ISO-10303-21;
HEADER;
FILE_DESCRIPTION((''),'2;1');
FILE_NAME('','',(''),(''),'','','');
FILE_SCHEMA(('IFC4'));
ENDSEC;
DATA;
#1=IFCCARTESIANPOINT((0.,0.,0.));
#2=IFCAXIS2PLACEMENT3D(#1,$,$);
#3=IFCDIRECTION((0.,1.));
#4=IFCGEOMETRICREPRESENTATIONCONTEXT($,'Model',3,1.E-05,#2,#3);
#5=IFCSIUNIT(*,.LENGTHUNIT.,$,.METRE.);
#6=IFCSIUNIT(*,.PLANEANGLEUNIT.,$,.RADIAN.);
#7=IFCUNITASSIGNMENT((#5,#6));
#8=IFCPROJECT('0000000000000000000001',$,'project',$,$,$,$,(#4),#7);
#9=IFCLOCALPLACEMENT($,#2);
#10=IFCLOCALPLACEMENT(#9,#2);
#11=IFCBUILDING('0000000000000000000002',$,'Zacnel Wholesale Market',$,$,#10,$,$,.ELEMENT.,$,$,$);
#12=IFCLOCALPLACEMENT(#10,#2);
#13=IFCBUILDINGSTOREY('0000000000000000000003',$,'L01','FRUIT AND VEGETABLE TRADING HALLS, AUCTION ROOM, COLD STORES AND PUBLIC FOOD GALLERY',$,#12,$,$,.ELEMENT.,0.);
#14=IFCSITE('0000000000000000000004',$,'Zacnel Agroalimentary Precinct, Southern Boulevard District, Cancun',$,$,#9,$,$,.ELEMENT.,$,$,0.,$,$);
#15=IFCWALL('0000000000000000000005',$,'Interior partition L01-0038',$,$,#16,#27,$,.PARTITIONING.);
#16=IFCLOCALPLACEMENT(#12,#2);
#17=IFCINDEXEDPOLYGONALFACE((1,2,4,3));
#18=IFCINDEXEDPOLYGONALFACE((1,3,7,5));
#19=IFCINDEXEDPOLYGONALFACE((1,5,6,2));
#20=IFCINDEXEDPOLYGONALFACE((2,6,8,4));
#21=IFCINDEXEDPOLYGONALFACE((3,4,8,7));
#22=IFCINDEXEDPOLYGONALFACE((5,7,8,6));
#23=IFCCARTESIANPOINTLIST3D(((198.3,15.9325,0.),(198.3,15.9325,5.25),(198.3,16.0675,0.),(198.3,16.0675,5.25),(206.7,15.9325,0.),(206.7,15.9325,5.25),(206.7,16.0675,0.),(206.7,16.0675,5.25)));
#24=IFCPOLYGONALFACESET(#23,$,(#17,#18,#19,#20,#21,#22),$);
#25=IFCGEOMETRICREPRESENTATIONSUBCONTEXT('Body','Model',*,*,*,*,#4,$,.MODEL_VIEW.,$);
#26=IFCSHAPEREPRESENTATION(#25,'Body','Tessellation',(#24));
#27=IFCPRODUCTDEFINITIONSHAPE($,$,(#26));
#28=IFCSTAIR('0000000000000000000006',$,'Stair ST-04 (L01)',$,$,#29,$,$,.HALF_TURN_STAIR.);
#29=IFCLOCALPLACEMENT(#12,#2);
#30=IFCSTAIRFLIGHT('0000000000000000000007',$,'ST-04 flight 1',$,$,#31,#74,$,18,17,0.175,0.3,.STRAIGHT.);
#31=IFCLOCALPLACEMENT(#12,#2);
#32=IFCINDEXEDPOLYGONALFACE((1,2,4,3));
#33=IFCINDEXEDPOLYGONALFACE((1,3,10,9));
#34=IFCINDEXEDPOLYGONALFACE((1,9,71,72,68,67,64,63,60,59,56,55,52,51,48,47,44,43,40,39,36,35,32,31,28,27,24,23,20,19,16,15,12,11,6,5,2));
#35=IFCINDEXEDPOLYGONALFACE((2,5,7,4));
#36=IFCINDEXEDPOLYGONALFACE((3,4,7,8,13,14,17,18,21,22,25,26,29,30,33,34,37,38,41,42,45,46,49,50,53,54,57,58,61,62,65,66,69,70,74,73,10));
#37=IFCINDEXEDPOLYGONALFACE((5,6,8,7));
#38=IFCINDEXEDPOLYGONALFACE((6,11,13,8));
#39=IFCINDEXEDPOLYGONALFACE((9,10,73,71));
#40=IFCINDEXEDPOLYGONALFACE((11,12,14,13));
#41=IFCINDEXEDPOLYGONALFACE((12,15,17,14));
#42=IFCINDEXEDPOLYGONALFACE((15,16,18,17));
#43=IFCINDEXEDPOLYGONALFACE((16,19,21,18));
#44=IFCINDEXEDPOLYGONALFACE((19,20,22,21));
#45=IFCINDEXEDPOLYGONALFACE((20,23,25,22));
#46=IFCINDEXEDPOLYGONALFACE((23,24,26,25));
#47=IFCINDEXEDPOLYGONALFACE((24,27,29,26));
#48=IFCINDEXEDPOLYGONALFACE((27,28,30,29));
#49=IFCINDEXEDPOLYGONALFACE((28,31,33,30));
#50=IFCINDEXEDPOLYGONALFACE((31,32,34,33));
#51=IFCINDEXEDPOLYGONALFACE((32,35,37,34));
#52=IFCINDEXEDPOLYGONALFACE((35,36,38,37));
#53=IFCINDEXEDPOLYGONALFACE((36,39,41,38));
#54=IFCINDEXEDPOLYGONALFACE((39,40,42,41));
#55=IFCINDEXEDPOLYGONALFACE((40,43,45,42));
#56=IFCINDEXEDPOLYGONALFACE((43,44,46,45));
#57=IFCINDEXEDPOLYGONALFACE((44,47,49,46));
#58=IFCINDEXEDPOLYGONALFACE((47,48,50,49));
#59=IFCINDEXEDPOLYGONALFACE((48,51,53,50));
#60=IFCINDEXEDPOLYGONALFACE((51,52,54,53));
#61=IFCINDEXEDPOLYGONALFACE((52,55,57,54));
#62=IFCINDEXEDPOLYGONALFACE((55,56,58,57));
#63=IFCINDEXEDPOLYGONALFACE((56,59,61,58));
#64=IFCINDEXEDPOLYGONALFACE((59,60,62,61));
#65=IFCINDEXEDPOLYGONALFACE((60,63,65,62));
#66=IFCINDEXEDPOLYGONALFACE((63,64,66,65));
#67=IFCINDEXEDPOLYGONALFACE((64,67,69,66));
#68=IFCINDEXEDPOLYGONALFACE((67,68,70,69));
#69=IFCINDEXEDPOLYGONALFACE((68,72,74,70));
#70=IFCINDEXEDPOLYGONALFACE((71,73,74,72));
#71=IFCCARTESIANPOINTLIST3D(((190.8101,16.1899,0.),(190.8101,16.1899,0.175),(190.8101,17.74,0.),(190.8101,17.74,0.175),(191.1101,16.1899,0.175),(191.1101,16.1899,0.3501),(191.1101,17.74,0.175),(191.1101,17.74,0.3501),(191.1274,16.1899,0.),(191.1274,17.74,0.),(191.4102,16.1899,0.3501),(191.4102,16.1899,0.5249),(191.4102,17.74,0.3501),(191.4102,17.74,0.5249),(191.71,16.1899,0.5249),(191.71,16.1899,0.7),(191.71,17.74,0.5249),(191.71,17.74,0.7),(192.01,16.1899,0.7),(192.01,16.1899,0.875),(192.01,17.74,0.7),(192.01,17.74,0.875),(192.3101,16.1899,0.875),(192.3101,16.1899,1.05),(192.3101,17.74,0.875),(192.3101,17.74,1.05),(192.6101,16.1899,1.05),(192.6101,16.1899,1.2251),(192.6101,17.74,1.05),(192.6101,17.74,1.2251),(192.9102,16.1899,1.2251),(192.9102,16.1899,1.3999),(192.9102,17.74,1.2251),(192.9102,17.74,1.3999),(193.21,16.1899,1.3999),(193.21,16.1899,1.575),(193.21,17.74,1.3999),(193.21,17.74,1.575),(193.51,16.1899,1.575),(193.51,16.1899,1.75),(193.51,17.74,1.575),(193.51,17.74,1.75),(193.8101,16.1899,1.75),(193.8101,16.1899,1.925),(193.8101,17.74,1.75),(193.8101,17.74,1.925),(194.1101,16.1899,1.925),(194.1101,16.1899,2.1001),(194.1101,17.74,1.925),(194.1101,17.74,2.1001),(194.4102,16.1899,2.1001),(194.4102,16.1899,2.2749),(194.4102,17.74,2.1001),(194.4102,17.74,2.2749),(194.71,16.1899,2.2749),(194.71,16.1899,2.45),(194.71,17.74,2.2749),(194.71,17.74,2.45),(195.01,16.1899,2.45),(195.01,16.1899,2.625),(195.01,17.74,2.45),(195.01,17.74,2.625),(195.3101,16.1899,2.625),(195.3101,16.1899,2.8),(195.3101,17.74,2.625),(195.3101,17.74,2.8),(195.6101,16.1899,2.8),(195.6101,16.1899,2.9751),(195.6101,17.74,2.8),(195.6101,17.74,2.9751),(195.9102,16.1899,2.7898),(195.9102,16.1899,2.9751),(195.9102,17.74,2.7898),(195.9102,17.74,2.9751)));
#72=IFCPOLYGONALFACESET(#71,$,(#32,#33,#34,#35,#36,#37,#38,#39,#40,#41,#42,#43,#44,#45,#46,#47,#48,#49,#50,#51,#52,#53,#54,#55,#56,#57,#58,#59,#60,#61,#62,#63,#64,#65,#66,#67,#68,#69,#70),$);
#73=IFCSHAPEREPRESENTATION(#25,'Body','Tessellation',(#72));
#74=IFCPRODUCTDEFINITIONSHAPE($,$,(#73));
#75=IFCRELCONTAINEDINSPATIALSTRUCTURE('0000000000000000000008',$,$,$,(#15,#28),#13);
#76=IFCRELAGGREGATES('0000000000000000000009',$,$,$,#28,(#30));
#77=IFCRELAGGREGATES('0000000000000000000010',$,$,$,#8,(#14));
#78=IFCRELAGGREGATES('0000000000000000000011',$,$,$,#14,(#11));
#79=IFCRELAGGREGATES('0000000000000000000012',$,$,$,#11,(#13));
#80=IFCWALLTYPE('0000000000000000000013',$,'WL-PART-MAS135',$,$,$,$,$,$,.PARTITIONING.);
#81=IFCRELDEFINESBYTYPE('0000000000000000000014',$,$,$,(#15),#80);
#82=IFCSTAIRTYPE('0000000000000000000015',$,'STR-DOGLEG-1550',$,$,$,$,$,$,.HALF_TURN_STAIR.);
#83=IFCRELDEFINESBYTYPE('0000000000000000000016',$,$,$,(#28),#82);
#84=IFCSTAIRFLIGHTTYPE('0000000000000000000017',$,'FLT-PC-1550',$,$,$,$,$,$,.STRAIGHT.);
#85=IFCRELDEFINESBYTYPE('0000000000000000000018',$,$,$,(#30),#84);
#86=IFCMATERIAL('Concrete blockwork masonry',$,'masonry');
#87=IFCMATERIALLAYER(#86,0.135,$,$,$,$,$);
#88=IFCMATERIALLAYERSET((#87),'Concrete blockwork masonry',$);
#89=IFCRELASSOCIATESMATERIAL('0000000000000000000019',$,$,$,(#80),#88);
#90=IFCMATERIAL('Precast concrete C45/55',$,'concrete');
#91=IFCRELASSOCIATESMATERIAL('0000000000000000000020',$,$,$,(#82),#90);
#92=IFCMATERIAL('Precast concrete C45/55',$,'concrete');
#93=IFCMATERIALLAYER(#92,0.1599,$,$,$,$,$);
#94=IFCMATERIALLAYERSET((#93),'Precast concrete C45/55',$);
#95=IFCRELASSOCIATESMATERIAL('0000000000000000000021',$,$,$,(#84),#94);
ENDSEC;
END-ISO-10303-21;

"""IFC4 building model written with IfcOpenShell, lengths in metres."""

from ifc_helpers import new_model, si_unit, direction, frame, frame_2d, origin, place, context, subcontext, project, spatial, polyline, rectangle, outline, extrude, material, layer, layer_set, type_object, element, aggregate, save


model = new_model("IFC4")

# Units and contexts
model_context = context("Model", 3, precision=1e-05, world=origin(), true_north=direction((0.0, 1.0)))
body_context = subcontext(model_context, "Body", "Model", "MODEL_VIEW")
ifc_project = project(units=[si_unit("LENGTHUNIT", "METRE"), si_unit("PLANEANGLEUNIT", "RADIAN")], contexts=[model_context])

# Site, building, storey
site_placement = place(None, origin())
site = spatial("IfcSite", under=ifc_project, at=site_placement, Name="Zacnel Agroalimentary Precinct, Southern Boulevard District, Cancun", CompositionType="ELEMENT", RefElevation=0.0)
building_placement = place(site_placement, origin())
building = spatial("IfcBuilding", under=site, at=building_placement, Name="Zacnel Wholesale Market", CompositionType="ELEMENT")
storey_placement = place(building_placement, origin())
storey = spatial("IfcBuildingStorey", under=building, at=storey_placement, Name="L01", Description="FRUIT AND VEGETABLE TRADING HALLS, AUCTION ROOM, COLD STORES AND PUBLIC FOOD GALLERY", CompositionType="ELEMENT", Elevation=0.0)

# Wall
ifc_material_1 = material(Name="Concrete blockwork masonry", Category="masonry")
ifc_layer_1 = layer(ifc_material_1, 0.135)
ifc_layer_set_1 = layer_set([ifc_layer_1], Name="Concrete blockwork masonry")
wall_type_1 = type_object("IfcWallType", Name="WL-PART-MAS135", PredefinedType="PARTITIONING", material=ifc_layer_set_1)
wall_1_placement = place(storey_placement, frame((198.3, 16.0, 0.0), z_axis=(0.0, 0.0, 1.0), x_axis=(1.0, 0.0, 0.0)))
element("IfcWall", 1, at=wall_1_placement, inside=storey, type_object=wall_type_1, Name="Interior partition L01-0038", PredefinedType="PARTITIONING", context=body_context, shape_type="SweptSolid", body=[
    extrude(rectangle(XDim=8.3999, YDim=0.135, at=frame_2d((4.2, 0.0))), origin(), (0.0, 0.0, 1.0), 5.25),
])

# Stair, stair flight
ifc_material_2 = material(Name="Precast concrete C45/55", Category="concrete")
stair_type = type_object("IfcStairType", Name="STR-DOGLEG-1550", PredefinedType="HALF_TURN_STAIR", material=ifc_material_2)
stair_placement = place(storey_placement, origin())
stair = element("IfcStair", 2, at=stair_placement, inside=storey, type_object=stair_type, Name="Stair ST-04 (L01)", PredefinedType="HALF_TURN_STAIR")
ifc_material_3 = material(Name="Precast concrete C45/55", Category="concrete")
ifc_layer_2 = layer(ifc_material_3, 0.1599)
ifc_layer_set_2 = layer_set([ifc_layer_2], Name="Precast concrete C45/55")
stair_flight_type = type_object("IfcStairFlightType", Name="FLT-PC-1550", PredefinedType="STRAIGHT", material=ifc_layer_set_2)
stair_flight_placement = place(storey_placement, frame((190.8101, 16.9651, 0.0), z_axis=(0.0, 0.0, 1.0), x_axis=(1.0, 0.0, 0.0)))
stair_flight = element("IfcStairFlight", 3, at=stair_flight_placement, type_object=stair_flight_type, Name="ST-04 flight 1", NumberOfRisers=18, NumberOfTreads=17, PredefinedType="STRAIGHT", RiserHeight=0.175, TreadLength=0.3, context=body_context, shape_type="SweptSolid", body=[
    extrude(outline(polyline([(0.0, 0.0), (0.0, 0.175), (0.3, 0.175), (0.3, 0.3501), (0.6001, 0.3501), (0.6001, 0.5249), (0.8999, 0.5249), (0.8999, 0.7), (1.2, 0.7), (1.2, 0.875), (1.5, 0.875), (1.5, 1.05), (1.8, 1.05), (1.8, 1.2251), (2.1001, 1.2251), (2.1001, 1.3999), (2.3999, 1.3999), (2.3999, 1.575), (2.7, 1.575), (2.7, 1.75), (3.0, 1.75), (3.0, 1.925), (3.3, 1.925), (3.3, 2.1001), (3.6001, 2.1001), (3.6001, 2.2749), (3.8999, 2.2749), (3.8999, 2.45), (4.2, 2.45), (4.2, 2.625), (4.5, 2.625), (4.5, 2.8), (4.8, 2.8), (4.8, 2.9751), (5.1001, 2.9751), (5.1001, 3.1499), (5.1001, 2.7898), (0.3174, 0.0), (0.0, 0.0)])), frame((0.0, 0.7749, 0.0), z_axis=(0.0, -1.0, 0.0), x_axis=(1.0, 0.0, 0.0)), (0.0, 0.0, 1.0), 1.55),
])
aggregate(stair, [stair_flight])

save(model, "model.ifc")
